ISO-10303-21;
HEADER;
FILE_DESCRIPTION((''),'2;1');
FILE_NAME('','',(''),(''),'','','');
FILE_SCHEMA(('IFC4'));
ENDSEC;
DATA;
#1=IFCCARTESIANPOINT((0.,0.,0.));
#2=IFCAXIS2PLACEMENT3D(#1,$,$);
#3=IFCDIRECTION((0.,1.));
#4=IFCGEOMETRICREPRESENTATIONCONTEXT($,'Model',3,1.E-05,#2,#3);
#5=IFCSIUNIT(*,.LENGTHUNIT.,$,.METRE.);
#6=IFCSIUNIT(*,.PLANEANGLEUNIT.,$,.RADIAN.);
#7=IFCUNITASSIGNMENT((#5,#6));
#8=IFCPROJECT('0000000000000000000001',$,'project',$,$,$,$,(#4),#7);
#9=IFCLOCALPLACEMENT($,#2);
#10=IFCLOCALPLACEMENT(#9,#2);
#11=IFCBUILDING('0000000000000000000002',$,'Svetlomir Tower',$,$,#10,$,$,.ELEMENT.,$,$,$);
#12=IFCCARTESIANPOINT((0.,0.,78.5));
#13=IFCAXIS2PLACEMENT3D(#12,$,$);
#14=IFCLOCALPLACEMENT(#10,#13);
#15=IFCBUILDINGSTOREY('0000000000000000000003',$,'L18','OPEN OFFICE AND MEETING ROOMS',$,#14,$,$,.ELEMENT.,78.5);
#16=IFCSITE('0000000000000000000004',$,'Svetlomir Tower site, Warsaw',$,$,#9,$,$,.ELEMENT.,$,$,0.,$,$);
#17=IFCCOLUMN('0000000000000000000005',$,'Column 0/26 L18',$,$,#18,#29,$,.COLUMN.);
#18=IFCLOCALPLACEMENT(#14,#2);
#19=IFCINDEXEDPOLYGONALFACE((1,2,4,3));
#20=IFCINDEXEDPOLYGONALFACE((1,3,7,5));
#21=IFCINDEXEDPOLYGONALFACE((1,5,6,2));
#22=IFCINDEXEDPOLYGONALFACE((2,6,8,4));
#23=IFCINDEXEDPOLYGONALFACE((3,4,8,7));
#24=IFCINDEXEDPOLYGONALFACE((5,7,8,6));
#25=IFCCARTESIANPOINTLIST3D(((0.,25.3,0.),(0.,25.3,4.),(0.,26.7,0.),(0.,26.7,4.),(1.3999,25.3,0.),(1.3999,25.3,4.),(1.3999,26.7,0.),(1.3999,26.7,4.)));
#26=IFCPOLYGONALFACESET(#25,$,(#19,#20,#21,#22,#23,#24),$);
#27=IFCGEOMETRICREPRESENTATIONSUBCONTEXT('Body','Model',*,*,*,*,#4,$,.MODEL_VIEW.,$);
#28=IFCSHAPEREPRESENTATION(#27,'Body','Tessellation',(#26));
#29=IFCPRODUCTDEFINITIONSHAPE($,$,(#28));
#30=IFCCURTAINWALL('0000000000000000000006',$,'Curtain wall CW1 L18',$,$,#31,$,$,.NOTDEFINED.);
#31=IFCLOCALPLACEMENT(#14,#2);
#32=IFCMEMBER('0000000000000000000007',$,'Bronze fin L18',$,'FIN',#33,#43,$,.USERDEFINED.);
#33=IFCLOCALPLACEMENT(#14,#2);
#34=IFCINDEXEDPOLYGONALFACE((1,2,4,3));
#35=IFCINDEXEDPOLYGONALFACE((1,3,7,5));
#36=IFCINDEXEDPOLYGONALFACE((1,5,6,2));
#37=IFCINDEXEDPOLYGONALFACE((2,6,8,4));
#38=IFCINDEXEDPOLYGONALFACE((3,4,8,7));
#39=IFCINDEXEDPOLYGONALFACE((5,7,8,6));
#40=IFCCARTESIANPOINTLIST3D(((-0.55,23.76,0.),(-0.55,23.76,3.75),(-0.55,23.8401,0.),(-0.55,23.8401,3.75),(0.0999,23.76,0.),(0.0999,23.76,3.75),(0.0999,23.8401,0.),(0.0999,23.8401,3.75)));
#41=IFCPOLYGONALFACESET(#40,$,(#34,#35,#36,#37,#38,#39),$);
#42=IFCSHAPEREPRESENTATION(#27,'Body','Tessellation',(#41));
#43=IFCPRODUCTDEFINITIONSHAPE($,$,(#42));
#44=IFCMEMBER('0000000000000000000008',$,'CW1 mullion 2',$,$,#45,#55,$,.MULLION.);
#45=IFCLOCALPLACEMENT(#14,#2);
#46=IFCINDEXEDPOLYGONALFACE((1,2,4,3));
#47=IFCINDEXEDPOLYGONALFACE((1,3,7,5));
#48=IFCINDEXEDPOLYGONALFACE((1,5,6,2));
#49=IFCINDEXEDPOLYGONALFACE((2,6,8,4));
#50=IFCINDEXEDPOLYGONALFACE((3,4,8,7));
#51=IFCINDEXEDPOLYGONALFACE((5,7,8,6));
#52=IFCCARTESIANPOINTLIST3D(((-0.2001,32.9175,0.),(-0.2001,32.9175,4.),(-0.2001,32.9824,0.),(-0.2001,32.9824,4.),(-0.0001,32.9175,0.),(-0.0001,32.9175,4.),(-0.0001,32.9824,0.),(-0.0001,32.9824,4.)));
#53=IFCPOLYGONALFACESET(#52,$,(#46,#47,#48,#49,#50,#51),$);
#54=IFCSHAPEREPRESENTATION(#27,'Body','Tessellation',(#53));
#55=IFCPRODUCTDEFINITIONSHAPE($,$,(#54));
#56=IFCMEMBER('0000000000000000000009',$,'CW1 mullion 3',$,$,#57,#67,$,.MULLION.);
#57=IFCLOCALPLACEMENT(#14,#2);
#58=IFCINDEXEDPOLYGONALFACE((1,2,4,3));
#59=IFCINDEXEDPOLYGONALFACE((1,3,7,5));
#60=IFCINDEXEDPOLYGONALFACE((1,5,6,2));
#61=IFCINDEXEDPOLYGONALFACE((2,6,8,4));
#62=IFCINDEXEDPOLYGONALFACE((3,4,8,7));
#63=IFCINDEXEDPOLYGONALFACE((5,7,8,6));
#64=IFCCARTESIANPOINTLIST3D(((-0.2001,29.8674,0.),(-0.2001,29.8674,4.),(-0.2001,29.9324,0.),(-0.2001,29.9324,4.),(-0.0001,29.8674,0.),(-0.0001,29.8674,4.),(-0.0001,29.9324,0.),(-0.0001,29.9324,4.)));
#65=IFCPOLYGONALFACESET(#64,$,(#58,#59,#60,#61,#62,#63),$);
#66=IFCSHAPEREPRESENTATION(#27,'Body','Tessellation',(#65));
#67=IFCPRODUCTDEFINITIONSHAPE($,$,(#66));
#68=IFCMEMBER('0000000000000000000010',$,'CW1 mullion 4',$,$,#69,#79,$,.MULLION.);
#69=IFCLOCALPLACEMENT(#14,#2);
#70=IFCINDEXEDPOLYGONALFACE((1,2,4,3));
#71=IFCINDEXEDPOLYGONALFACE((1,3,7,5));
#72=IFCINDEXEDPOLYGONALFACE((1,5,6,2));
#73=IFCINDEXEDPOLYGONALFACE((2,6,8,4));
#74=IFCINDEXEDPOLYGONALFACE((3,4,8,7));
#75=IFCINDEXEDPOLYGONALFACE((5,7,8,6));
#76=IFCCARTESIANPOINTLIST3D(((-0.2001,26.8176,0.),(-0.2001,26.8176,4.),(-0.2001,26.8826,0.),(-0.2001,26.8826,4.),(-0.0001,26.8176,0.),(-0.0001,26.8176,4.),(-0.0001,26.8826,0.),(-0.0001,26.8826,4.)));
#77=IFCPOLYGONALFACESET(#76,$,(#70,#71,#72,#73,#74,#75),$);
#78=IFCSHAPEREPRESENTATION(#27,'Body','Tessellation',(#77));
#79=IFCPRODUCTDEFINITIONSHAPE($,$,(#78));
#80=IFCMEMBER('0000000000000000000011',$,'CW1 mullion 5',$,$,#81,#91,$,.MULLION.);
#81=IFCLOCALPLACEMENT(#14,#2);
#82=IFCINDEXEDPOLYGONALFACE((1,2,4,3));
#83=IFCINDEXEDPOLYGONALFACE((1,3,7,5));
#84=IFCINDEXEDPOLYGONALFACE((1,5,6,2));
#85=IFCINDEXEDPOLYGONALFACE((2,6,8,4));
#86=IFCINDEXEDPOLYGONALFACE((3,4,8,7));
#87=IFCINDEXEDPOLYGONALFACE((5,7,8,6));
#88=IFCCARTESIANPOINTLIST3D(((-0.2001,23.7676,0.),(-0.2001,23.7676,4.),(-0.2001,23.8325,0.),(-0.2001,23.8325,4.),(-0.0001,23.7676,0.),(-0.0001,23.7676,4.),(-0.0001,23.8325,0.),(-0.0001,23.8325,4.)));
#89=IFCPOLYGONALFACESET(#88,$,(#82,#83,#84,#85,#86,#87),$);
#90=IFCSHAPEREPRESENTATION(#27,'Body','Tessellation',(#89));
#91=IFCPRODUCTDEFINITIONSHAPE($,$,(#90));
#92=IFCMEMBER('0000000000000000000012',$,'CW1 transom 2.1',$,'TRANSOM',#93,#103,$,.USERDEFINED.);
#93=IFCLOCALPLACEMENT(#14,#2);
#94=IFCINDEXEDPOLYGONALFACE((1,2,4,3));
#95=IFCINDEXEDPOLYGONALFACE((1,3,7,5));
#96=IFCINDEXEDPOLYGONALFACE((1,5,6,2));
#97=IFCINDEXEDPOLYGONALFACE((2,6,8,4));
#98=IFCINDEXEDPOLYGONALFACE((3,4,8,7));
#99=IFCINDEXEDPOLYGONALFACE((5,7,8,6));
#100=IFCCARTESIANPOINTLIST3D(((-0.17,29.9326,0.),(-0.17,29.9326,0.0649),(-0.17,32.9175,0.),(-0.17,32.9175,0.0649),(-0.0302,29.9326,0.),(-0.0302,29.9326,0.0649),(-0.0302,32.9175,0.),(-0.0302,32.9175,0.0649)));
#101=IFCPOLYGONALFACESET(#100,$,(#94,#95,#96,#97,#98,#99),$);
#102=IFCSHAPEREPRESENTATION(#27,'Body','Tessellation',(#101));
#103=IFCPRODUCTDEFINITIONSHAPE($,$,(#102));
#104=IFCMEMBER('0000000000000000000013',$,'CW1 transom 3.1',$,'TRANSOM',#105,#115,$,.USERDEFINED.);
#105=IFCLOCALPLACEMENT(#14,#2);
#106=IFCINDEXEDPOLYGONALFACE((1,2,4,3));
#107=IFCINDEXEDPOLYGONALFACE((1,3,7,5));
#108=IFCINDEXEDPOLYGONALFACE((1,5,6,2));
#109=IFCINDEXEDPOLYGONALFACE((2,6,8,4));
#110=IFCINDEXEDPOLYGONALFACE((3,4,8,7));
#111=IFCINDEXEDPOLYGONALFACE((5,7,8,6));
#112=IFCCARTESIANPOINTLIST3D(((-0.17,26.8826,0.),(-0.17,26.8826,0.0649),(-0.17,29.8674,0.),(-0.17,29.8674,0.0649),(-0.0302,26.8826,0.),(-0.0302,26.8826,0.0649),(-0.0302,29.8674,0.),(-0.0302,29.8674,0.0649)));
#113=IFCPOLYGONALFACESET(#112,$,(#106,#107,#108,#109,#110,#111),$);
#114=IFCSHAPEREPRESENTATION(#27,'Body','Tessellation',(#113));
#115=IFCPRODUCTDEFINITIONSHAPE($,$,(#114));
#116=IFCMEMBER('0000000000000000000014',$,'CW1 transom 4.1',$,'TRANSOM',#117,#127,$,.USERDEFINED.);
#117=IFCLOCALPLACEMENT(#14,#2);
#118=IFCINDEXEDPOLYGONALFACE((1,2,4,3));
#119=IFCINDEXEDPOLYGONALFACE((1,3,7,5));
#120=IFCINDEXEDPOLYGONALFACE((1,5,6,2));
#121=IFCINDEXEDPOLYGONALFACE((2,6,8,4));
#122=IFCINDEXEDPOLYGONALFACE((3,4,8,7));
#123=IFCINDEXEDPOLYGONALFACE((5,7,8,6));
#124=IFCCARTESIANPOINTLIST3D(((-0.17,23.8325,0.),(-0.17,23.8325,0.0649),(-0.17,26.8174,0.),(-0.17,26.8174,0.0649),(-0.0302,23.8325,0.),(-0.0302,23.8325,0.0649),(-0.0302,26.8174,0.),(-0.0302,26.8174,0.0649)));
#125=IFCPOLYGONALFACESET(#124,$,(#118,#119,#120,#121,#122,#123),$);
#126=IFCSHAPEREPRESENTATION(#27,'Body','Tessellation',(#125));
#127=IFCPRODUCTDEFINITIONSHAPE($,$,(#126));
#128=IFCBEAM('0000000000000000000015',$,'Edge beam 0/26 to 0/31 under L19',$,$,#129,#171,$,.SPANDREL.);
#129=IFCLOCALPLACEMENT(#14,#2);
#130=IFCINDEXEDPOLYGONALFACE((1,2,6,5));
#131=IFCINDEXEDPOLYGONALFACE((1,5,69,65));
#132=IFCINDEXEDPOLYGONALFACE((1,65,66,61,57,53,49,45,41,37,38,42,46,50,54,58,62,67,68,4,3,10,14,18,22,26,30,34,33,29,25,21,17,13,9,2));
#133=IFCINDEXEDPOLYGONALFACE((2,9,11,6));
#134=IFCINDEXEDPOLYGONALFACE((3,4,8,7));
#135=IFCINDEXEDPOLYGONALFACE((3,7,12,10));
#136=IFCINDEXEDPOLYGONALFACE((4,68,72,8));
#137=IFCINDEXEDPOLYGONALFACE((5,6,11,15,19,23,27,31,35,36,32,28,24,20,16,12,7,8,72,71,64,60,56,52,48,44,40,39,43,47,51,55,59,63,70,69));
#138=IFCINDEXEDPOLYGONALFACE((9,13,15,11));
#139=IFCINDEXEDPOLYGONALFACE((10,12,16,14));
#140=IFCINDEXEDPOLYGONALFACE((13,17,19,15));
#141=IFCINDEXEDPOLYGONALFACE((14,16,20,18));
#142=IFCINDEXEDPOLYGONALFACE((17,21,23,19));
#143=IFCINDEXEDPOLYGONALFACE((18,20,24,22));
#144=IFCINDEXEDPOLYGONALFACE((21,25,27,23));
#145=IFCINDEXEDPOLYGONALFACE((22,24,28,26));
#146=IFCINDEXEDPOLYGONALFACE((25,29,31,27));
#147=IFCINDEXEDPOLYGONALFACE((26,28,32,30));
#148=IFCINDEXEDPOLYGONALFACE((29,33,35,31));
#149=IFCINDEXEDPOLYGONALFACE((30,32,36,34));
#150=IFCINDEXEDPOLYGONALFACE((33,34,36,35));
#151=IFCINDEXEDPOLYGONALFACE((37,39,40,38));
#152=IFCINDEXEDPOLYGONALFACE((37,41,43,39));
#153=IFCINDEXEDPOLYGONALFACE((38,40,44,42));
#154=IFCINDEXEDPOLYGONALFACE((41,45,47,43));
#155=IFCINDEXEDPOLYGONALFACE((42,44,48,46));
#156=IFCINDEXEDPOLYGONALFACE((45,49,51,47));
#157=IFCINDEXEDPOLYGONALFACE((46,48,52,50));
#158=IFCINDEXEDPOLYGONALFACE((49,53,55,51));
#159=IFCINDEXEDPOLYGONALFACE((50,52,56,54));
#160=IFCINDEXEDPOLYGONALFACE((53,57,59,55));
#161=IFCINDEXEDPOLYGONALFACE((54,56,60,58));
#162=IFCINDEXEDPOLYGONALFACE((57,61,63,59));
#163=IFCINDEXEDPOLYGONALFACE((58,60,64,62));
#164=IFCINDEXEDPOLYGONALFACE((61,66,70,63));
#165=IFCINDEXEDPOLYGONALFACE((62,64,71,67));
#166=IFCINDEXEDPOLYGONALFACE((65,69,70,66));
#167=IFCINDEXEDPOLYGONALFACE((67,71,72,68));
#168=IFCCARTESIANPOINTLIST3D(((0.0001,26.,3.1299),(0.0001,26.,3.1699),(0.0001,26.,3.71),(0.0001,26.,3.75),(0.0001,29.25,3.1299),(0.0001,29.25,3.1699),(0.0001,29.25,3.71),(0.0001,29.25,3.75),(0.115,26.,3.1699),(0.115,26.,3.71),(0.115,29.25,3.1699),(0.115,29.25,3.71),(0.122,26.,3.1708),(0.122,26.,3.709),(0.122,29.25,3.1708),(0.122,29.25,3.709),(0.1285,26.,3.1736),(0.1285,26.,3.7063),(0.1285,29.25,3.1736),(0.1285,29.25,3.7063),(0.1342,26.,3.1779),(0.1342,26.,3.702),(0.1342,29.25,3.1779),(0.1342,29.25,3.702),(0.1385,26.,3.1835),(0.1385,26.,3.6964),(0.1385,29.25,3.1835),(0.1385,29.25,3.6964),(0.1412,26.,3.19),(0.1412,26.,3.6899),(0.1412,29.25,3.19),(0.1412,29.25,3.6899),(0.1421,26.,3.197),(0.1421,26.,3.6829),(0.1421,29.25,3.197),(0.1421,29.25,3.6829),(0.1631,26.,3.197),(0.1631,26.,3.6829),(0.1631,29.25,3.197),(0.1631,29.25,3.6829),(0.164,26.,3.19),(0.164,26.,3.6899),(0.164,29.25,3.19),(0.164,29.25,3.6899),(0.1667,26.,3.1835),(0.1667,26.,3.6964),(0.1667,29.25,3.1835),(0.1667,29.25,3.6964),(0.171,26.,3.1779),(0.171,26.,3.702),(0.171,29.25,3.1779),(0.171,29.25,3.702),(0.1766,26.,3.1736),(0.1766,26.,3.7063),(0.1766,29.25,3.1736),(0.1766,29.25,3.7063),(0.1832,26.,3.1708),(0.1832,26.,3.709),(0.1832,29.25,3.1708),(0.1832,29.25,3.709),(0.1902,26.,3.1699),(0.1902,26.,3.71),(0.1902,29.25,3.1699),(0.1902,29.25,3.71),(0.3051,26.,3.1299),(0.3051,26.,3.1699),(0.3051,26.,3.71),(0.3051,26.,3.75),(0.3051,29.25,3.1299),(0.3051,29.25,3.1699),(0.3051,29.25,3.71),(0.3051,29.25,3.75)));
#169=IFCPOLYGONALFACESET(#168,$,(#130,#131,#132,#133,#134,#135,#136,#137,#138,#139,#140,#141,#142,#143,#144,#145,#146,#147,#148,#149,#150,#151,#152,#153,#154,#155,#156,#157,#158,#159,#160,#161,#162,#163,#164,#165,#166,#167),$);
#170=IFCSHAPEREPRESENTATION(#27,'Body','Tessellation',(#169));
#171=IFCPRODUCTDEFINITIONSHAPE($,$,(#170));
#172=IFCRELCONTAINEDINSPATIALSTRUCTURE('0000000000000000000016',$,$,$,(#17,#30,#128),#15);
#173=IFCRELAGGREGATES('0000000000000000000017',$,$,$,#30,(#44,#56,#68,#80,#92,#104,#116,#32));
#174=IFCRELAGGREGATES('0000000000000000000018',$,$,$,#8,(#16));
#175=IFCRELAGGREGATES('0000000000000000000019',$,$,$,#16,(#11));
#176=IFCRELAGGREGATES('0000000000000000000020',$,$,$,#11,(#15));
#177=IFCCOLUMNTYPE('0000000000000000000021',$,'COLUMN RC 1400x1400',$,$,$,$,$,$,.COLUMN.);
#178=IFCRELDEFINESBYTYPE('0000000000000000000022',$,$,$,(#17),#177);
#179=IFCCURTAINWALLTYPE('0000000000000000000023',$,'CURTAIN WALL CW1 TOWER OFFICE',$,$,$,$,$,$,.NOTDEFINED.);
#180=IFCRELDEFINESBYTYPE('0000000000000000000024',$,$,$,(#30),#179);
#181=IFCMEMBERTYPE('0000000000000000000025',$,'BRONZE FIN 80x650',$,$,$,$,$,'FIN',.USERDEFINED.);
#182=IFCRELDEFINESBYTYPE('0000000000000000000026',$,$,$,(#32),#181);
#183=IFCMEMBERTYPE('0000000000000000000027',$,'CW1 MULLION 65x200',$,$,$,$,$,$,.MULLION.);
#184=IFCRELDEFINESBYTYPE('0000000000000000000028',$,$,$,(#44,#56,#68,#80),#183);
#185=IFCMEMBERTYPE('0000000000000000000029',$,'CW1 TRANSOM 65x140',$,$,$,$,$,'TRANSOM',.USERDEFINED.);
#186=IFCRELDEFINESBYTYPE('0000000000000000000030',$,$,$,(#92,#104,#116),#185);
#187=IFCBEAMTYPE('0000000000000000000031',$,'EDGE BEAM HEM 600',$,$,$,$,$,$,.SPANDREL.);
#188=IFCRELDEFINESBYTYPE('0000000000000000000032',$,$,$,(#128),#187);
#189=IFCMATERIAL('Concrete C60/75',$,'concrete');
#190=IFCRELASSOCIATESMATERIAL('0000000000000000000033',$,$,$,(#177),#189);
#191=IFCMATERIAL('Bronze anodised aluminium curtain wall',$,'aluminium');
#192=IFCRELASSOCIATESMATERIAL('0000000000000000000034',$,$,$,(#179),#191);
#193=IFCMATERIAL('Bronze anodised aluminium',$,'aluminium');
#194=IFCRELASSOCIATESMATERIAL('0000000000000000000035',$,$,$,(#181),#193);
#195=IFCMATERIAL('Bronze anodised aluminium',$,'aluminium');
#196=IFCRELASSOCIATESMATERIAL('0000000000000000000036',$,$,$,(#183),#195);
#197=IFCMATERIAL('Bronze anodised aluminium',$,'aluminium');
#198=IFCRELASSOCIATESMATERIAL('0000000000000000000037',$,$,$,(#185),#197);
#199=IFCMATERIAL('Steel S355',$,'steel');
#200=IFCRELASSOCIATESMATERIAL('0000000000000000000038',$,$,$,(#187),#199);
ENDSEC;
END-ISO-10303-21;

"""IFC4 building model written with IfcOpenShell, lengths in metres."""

from ifc_helpers import new_model, si_unit, direction, frame, origin, origin_2d, place, context, subcontext, project, spatial, rectangle, i_section, extrude, material, material_profile, profile_set, type_object, element, aggregate, save


model = new_model("IFC4")

# Units and contexts
model_context = context("Model", 3, precision=1e-05, world=origin(), true_north=direction((0.0, 1.0)))
body_context = subcontext(model_context, "Body", "Model", "MODEL_VIEW")
ifc_project = project(units=[si_unit("LENGTHUNIT", "METRE"), si_unit("PLANEANGLEUNIT", "RADIAN")], contexts=[model_context])

# Site, building, storey
site_placement = place(None, origin())
site = spatial("IfcSite", under=ifc_project, at=site_placement, Name="Svetlomir Tower site, Warsaw", CompositionType="ELEMENT", RefElevation=0.0)
building_placement = place(site_placement, origin())
building = spatial("IfcBuilding", under=site, at=building_placement, Name="Svetlomir Tower", CompositionType="ELEMENT")
storey_placement = place(building_placement, frame((0.0, 0.0, 78.5)))
storey = spatial("IfcBuildingStorey", under=building, at=storey_placement, Name="L18", Description="OPEN OFFICE AND MEETING ROOMS", CompositionType="ELEMENT", Elevation=78.5)

# Column
ifc_material_1 = material(Name="Concrete C60/75", Category="concrete")
ifc_material_profile_1 = material_profile(ifc_material_1, rectangle(XDim=1.3999, YDim=1.3999, at=origin_2d()), Name="RC 1400x1400")
ifc_profile_set_1 = profile_set([ifc_material_profile_1], Name="Concrete C60/75")
column_type = type_object("IfcColumnType", Name="COLUMN RC 1400x1400", PredefinedType="COLUMN", material=ifc_profile_set_1)
column_placement = place(storey_placement, frame((0.7, 26.0, 0.0), z_axis=(0.0, 0.0, 1.0), x_axis=(1.0, 0.0, 0.0)))
element("IfcColumn", 1, at=column_placement, inside=storey, type_object=column_type, Name="Column 0/26 L18", PredefinedType="COLUMN", context=body_context, shape_type="SweptSolid", body=[
    extrude(rectangle(XDim=1.3999, YDim=1.3999, at=origin_2d()), origin(), (0.0, 0.0, 1.0), 4.0),
])

# Curtain wall, members
ifc_material_2 = material(Name="Bronze anodised aluminium curtain wall", Category="aluminium")
curtain_wall_type = type_object("IfcCurtainWallType", Name="CURTAIN WALL CW1 TOWER OFFICE", PredefinedType="NOTDEFINED", material=ifc_material_2)
curtain_wall_placement = place(storey_placement, origin())
curtain_wall = element("IfcCurtainWall", 2, at=curtain_wall_placement, inside=storey, type_object=curtain_wall_type, Name="Curtain wall CW1 L18", PredefinedType="NOTDEFINED")
ifc_material_3 = material(Name="Bronze anodised aluminium", Category="aluminium")
ifc_material_profile_2 = material_profile(ifc_material_3, rectangle(XDim=0.0801, YDim=0.6499, at=origin_2d()), Name="FIN 80x650")
ifc_profile_set_2 = profile_set([ifc_material_profile_2], Name="Bronze anodised aluminium 6063-T6")
member_type_1 = type_object("IfcMemberType", Name="BRONZE FIN 80x650", ElementType="FIN", PredefinedType="USERDEFINED", material=ifc_profile_set_2)
member_1_placement = place(storey_placement, frame((-0.2251, 23.8, 0.0), z_axis=(0.0, 0.0, 1.0), x_axis=(0.0, 1.0, 0.0)))
member_1 = element("IfcMember", 3, at=member_1_placement, type_object=member_type_1, Name="Bronze fin L18", ObjectType="FIN", PredefinedType="USERDEFINED", context=body_context, shape_type="SweptSolid", body=[
    extrude(rectangle(XDim=0.0801, YDim=0.6499, at=origin_2d()), origin(), (0.0, 0.0, 1.0), 3.75),
])
ifc_material_4 = material(Name="Bronze anodised aluminium", Category="aluminium")
ifc_material_profile_3 = material_profile(ifc_material_4, rectangle(XDim=0.0649, YDim=0.2, at=origin_2d()), Name="AL 65x200")
ifc_profile_set_3 = profile_set([ifc_material_profile_3], Name="Bronze anodised aluminium 6063-T6")
member_type_2 = type_object("IfcMemberType", Name="CW1 MULLION 65x200", PredefinedType="MULLION", material=ifc_profile_set_3)
member_2_placement = place(storey_placement, frame((-0.1001, 32.95, 0.0), z_axis=(0.0, 0.0, 1.0), x_axis=(0.0, -1.0, 0.0)))
member_2 = element("IfcMember", 4, at=member_2_placement, type_object=member_type_2, Name="CW1 mullion 2", PredefinedType="MULLION", context=body_context, shape_type="SweptSolid", body=[
    extrude(rectangle(XDim=0.0649, YDim=0.2, at=origin_2d()), origin(), (0.0, 0.0, 1.0), 4.0),
])
member_3_placement = place(storey_placement, frame((-0.1001, 29.8999, 0.0), z_axis=(0.0, 0.0, 1.0), x_axis=(0.0, -1.0, 0.0)))
member_3 = element("IfcMember", 5, at=member_3_placement, type_object=member_type_2, Name="CW1 mullion 3", PredefinedType="MULLION", context=body_context, shape_type="SweptSolid", body=[
    extrude(rectangle(XDim=0.0649, YDim=0.2, at=origin_2d()), origin(), (0.0, 0.0, 1.0), 4.0),
])
member_4_placement = place(storey_placement, frame((-0.1001, 26.8501, 0.0), z_axis=(0.0, 0.0, 1.0), x_axis=(0.0, -1.0, 0.0)))
member_4 = element("IfcMember", 6, at=member_4_placement, type_object=member_type_2, Name="CW1 mullion 4", PredefinedType="MULLION", context=body_context, shape_type="SweptSolid", body=[
    extrude(rectangle(XDim=0.0649, YDim=0.2, at=origin_2d()), origin(), (0.0, 0.0, 1.0), 4.0),
])
member_5_placement = place(storey_placement, frame((-0.1001, 23.8, 0.0), z_axis=(0.0, 0.0, 1.0), x_axis=(0.0, -1.0, 0.0)))
member_5 = element("IfcMember", 7, at=member_5_placement, type_object=member_type_2, Name="CW1 mullion 5", PredefinedType="MULLION", context=body_context, shape_type="SweptSolid", body=[
    extrude(rectangle(XDim=0.0649, YDim=0.2, at=origin_2d()), origin(), (0.0, 0.0, 1.0), 4.0),
])
ifc_material_5 = material(Name="Bronze anodised aluminium", Category="aluminium")
ifc_material_profile_4 = material_profile(ifc_material_5, rectangle(XDim=0.1399, YDim=0.0649, at=origin_2d()), Name="AL 140x65")
ifc_profile_set_4 = profile_set([ifc_material_profile_4], Name="Bronze anodised aluminium 6063-T6")
member_type_3 = type_object("IfcMemberType", Name="CW1 TRANSOM 65x140", ElementType="TRANSOM", PredefinedType="USERDEFINED", material=ifc_profile_set_4)
member_6_placement = place(storey_placement, frame((-0.1001, 32.9175, 0.0325), z_axis=(0.0, -1.0, 0.0), x_axis=(1.0, 0.0, 0.0)))
member_6 = element("IfcMember", 8, at=member_6_placement, type_object=member_type_3, Name="CW1 transom 2.1", ObjectType="TRANSOM", PredefinedType="USERDEFINED", context=body_context, shape_type="SweptSolid", body=[
    extrude(rectangle(XDim=0.1399, YDim=0.0649, at=origin_2d()), origin(), (0.0, 0.0, 1.0), 2.9849),
])
member_7_placement = place(storey_placement, frame((-0.1001, 29.8674, 0.0325), z_axis=(0.0, -1.0, 0.0), x_axis=(1.0, 0.0, 0.0)))
member_7 = element("IfcMember", 9, at=member_7_placement, type_object=member_type_3, Name="CW1 transom 3.1", ObjectType="TRANSOM", PredefinedType="USERDEFINED", context=body_context, shape_type="SweptSolid", body=[
    extrude(rectangle(XDim=0.1399, YDim=0.0649, at=origin_2d()), origin(), (0.0, 0.0, 1.0), 2.9849),
])
member_8_placement = place(storey_placement, frame((-0.1001, 26.8174, 0.0325), z_axis=(0.0, -1.0, 0.0), x_axis=(1.0, 0.0, 0.0)))
member_8 = element("IfcMember", 10, at=member_8_placement, type_object=member_type_3, Name="CW1 transom 4.1", ObjectType="TRANSOM", PredefinedType="USERDEFINED", context=body_context, shape_type="SweptSolid", body=[
    extrude(rectangle(XDim=0.1399, YDim=0.0649, at=origin_2d()), origin(), (0.0, 0.0, 1.0), 2.9849),
])

# Beam
ifc_material_6 = material(Name="Steel S355", Category="steel")
ifc_material_profile_5 = material_profile(ifc_material_6, i_section(OverallWidth=0.3049, OverallDepth=0.6201, WebThickness=0.021, FlangeThickness=0.04, FilletRadius=0.0271, at=origin_2d()), Name="HEM 600")
ifc_profile_set_5 = profile_set([ifc_material_profile_5], Name="Steel S355")
beam_type = type_object("IfcBeamType", Name="EDGE BEAM HEM 600", PredefinedType="SPANDREL", material=ifc_profile_set_5)
beam_1_placement = place(storey_placement, frame((0.1526, 26.0, 3.4399), z_axis=(0.0, 1.0, 0.0), x_axis=(-1.0, 0.0, 0.0)))
element("IfcBeam", 11, at=beam_1_placement, inside=storey, type_object=beam_type, Name="Edge beam 0/26 to 0/31 under L19", PredefinedType="SPANDREL", context=body_context, shape_type="SweptSolid", body=[
    extrude(i_section(OverallWidth=0.3049, OverallDepth=0.6201, WebThickness=0.021, FlangeThickness=0.04, FilletRadius=0.0271, at=origin_2d()), origin(), (0.0, 0.0, 1.0), 3.25),
])

aggregate(curtain_wall, [member_2, member_3, member_4, member_5, member_6, member_7, member_8, member_1])

save(model, "model.ifc")
